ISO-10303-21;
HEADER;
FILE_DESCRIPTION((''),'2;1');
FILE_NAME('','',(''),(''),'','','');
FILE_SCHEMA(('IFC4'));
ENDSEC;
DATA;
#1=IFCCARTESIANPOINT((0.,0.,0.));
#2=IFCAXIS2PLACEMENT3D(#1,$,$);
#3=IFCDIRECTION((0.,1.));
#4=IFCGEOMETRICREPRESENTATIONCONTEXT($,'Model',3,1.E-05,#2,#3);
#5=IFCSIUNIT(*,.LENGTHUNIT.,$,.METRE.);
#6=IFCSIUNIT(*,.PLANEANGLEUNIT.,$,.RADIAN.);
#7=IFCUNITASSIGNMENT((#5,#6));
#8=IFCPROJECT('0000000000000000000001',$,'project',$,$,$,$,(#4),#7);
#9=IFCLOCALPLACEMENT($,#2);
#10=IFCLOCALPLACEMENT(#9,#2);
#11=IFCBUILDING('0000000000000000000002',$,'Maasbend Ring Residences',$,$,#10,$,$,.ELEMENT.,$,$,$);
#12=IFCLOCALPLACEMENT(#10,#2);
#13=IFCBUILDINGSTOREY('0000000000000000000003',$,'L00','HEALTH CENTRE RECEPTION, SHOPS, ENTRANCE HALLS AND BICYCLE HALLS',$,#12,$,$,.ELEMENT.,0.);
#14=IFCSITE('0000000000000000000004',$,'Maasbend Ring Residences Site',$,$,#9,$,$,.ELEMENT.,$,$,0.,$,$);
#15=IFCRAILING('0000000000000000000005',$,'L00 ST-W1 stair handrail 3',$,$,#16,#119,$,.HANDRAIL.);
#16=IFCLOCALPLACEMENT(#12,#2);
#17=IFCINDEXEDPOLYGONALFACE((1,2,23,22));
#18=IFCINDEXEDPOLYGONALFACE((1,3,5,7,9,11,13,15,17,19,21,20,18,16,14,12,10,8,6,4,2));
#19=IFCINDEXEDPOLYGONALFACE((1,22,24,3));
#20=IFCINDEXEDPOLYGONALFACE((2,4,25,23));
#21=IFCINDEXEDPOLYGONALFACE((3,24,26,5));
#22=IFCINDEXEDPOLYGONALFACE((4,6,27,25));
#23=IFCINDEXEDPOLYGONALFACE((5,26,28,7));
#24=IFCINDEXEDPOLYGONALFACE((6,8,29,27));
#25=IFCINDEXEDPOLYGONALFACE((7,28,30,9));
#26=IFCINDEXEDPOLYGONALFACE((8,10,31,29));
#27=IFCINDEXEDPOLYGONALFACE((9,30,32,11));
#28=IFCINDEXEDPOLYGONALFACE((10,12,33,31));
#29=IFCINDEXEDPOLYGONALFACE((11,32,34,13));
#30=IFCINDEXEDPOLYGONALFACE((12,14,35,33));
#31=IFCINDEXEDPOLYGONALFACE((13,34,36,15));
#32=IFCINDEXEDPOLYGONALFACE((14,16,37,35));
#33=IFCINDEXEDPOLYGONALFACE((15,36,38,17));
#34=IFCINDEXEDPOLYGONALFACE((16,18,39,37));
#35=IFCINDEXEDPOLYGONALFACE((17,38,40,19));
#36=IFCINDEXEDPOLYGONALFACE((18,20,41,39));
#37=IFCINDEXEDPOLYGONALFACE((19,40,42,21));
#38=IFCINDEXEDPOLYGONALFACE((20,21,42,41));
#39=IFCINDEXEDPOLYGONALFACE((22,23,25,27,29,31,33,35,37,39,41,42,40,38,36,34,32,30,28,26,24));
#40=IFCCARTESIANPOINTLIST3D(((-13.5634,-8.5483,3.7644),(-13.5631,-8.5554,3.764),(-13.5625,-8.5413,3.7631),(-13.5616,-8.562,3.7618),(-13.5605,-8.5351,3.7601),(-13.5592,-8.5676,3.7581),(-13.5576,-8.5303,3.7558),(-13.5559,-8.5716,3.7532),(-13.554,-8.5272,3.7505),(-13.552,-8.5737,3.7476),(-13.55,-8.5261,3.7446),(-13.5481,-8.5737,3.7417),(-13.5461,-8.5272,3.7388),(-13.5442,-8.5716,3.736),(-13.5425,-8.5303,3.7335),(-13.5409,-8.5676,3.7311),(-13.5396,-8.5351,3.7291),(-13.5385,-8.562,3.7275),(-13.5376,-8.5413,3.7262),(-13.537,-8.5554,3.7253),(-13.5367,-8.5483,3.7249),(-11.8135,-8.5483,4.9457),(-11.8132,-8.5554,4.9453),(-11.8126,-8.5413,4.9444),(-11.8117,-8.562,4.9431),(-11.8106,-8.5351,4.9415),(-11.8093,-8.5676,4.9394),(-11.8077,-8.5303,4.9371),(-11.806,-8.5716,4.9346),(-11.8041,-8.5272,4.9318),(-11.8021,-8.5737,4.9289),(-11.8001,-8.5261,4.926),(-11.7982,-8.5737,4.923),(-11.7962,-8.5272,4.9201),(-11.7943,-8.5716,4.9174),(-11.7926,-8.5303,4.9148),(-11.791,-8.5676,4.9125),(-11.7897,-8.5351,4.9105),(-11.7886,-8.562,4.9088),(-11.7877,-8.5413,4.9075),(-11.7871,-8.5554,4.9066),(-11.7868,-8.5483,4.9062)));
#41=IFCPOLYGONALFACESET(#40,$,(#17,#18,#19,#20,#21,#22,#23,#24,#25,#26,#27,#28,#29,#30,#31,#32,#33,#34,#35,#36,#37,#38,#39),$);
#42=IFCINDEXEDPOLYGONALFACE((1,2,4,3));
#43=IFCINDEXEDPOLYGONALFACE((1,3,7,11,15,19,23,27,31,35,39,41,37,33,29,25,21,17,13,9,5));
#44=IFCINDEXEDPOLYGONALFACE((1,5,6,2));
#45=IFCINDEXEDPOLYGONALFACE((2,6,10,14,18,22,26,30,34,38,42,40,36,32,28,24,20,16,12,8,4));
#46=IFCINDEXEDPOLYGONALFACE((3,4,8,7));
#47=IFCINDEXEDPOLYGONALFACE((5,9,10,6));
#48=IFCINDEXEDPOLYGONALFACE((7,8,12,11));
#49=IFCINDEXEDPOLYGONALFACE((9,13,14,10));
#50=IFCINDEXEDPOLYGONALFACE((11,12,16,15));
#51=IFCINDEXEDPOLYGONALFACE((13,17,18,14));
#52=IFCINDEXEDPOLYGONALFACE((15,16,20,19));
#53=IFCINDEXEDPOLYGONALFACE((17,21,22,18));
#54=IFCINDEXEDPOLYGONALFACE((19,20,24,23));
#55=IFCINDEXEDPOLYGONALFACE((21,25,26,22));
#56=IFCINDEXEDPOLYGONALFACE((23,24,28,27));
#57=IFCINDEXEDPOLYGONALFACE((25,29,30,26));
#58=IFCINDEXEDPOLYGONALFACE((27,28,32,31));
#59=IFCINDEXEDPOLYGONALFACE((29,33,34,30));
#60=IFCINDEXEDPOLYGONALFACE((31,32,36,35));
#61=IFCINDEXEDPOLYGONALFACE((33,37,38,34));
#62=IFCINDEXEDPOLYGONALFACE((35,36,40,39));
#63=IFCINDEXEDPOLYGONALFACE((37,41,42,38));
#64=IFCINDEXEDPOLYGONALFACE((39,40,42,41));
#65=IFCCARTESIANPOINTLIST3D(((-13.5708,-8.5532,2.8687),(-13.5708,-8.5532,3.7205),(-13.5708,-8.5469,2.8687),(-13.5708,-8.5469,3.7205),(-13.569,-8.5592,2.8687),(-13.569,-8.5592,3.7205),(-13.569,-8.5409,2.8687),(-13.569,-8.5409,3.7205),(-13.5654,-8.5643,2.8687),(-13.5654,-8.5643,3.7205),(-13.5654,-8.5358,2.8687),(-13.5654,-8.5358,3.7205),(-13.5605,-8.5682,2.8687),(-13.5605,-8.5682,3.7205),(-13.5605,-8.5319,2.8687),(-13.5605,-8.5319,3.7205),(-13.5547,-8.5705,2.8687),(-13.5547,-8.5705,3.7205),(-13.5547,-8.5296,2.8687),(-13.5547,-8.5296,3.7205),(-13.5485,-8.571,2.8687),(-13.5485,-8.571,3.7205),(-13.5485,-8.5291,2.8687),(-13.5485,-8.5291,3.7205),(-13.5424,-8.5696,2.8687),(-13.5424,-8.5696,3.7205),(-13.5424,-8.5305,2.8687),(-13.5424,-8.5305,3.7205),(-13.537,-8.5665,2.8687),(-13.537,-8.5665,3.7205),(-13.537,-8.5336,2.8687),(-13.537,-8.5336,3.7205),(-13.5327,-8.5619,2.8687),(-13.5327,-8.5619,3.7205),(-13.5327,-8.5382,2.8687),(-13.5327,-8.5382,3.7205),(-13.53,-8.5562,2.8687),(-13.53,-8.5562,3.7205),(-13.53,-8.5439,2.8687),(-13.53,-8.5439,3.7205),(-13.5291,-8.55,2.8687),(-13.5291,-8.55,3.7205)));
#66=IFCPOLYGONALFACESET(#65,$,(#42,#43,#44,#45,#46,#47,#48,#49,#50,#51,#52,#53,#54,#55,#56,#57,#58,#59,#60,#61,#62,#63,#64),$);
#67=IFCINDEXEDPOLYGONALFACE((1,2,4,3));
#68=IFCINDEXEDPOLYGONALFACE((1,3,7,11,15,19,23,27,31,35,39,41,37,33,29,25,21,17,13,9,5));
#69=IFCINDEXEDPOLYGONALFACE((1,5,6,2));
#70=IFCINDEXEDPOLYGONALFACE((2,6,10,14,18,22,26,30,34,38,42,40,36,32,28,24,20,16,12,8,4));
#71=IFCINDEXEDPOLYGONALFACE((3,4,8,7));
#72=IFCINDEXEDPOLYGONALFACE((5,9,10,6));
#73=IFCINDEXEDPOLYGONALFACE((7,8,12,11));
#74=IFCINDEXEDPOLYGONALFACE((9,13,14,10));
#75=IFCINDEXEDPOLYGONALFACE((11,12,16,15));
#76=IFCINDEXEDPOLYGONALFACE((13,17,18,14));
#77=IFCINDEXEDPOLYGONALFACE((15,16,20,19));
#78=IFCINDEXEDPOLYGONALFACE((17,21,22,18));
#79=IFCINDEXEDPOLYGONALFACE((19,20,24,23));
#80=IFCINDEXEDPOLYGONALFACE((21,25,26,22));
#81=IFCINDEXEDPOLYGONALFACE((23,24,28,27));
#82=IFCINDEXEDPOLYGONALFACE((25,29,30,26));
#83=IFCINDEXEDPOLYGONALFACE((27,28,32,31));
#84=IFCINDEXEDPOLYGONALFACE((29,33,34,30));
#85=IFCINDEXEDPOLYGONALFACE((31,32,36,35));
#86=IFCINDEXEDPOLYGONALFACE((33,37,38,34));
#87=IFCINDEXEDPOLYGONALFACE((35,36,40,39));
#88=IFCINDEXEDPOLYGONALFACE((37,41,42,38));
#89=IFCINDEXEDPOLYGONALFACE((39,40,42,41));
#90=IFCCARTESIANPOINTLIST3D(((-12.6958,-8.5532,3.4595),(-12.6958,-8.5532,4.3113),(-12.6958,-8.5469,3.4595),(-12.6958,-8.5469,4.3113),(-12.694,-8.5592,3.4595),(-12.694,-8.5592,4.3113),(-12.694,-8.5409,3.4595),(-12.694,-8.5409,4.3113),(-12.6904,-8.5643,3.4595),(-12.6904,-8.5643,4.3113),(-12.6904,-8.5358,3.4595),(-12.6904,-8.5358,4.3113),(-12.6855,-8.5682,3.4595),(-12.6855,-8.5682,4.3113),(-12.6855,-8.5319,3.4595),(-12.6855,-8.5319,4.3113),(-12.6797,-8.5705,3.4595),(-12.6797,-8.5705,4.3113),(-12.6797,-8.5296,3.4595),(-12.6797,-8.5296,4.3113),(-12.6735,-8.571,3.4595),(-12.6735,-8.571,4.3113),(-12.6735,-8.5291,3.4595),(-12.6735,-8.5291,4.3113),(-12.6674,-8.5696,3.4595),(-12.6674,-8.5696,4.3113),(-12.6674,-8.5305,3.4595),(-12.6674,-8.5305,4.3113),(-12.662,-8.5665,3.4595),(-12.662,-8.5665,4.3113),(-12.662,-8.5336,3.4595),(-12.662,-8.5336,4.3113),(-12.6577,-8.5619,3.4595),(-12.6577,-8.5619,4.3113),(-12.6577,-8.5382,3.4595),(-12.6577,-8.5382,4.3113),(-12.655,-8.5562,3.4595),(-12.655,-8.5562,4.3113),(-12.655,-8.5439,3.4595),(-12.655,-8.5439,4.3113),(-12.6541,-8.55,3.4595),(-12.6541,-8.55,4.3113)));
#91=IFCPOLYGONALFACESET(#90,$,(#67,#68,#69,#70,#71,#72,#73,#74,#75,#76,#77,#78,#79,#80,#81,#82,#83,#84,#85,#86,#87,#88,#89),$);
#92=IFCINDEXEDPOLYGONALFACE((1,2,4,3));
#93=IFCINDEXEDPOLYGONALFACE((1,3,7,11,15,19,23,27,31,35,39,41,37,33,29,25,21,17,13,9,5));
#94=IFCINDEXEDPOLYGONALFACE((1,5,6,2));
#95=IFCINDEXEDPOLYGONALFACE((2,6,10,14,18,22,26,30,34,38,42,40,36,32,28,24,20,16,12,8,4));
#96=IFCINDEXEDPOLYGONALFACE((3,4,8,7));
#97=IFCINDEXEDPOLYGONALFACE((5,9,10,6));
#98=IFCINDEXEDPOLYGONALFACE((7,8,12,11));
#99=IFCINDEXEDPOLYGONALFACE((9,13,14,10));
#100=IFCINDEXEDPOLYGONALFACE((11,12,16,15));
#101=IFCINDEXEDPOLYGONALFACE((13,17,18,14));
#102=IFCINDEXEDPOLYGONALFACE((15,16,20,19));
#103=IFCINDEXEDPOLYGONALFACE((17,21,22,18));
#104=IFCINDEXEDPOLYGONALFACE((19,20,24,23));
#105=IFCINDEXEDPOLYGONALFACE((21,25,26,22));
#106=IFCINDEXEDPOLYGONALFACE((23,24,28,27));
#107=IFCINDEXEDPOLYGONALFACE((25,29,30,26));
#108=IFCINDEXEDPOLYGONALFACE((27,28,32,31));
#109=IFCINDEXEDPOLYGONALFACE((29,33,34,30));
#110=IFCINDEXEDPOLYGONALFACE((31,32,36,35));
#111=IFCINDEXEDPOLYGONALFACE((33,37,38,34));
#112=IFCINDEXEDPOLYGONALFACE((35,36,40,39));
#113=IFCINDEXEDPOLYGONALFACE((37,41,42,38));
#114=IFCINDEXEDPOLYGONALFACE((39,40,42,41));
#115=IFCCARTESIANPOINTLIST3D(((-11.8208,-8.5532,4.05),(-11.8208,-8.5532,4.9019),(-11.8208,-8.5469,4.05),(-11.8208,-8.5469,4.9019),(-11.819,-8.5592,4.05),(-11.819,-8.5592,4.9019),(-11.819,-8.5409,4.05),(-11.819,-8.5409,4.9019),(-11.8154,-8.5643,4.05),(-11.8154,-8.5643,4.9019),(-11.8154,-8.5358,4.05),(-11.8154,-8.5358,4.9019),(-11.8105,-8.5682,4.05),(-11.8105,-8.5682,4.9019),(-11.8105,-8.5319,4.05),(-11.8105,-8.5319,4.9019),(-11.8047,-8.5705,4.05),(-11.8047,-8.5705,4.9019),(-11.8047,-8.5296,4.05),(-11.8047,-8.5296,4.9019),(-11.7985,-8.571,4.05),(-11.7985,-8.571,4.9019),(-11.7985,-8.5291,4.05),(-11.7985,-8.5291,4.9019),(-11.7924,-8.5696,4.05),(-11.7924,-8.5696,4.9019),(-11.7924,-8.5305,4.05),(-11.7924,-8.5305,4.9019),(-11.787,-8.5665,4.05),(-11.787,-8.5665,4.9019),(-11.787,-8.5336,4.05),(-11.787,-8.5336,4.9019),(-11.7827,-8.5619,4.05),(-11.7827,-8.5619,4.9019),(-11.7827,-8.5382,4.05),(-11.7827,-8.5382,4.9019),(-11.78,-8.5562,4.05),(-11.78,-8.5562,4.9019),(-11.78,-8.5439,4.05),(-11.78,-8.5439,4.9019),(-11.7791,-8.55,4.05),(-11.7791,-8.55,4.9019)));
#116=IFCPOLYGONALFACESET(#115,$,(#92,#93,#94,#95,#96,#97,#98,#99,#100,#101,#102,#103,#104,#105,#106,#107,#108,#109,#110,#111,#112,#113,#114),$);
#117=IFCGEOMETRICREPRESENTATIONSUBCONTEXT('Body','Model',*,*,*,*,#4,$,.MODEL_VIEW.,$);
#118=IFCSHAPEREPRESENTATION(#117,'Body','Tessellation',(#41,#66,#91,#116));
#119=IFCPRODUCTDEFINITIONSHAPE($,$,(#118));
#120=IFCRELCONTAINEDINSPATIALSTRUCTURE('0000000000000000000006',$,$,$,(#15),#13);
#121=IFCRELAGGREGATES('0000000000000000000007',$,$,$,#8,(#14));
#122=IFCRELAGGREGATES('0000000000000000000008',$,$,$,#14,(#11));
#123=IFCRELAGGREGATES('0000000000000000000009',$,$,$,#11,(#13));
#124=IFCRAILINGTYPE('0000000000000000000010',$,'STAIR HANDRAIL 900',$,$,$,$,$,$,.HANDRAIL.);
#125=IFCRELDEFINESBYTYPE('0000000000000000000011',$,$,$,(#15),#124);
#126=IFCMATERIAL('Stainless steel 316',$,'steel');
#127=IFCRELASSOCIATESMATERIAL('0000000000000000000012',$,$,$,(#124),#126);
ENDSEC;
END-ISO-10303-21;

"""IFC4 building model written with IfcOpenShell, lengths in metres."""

from ifc_helpers import new_model, si_unit, direction, frame, origin, origin_2d, place, context, subcontext, project, spatial, circle, extrude, material, type_object, element, save


model = new_model("IFC4")

# Units and contexts
model_context = context("Model", 3, precision=1e-05, world=origin(), true_north=direction((0.0, 1.0)))
body_context = subcontext(model_context, "Body", "Model", "MODEL_VIEW")
ifc_project = project(units=[si_unit("LENGTHUNIT", "METRE"), si_unit("PLANEANGLEUNIT", "RADIAN")], contexts=[model_context])

# Site, building, storey
site_placement = place(None, origin())
site = spatial("IfcSite", under=ifc_project, at=site_placement, Name="Maasbend Ring Residences Site", CompositionType="ELEMENT", RefElevation=0.0)
building_placement = place(site_placement, origin())
building = spatial("IfcBuilding", under=site, at=building_placement, Name="Maasbend Ring Residences", CompositionType="ELEMENT")
storey_placement = place(building_placement, origin())
storey = spatial("IfcBuildingStorey", under=building, at=storey_placement, Name="L00", Description="HEALTH CENTRE RECEPTION, SHOPS, ENTRANCE HALLS AND BICYCLE HALLS", CompositionType="ELEMENT", Elevation=0.0)

# Railing
ifc_material_1 = material(Name="Stainless steel 316", Category="steel")
railing_type = type_object("IfcRailingType", Name="STAIR HANDRAIL 900", PredefinedType="HANDRAIL", material=ifc_material_1)
railing_1_placement = place(storey_placement, frame((-13.55, -8.55, 2.8687)))
element("IfcRailing", 1, at=railing_1_placement, inside=storey, type_object=railing_type, Name="L00 ST-W1 stair handrail 3", PredefinedType="HANDRAIL", context=body_context, shape_type="SweptSolid", body=[
    extrude(circle(Radius=0.0239, at=origin_2d()), frame((0.0, 0.0, 0.876), z_axis=(0.828817, 0.0, 0.559521), x_axis=(0.0, 1.0, 0.0)), (0.0, 0.0, 1.0), 2.1113),
    extrude(circle(Radius=0.021, at=origin_2d()), origin(), (0.0, 0.0, 1.0), 0.8518),
    extrude(circle(Radius=0.021, at=origin_2d()), frame((0.875, 0.0, 0.5908)), (0.0, 0.0, 1.0), 0.8518),
    extrude(circle(Radius=0.021, at=origin_2d()), frame((1.75, 0.0, 1.1814)), (0.0, 0.0, 1.0), 0.8518),
])

save(model, "model.ifc")
